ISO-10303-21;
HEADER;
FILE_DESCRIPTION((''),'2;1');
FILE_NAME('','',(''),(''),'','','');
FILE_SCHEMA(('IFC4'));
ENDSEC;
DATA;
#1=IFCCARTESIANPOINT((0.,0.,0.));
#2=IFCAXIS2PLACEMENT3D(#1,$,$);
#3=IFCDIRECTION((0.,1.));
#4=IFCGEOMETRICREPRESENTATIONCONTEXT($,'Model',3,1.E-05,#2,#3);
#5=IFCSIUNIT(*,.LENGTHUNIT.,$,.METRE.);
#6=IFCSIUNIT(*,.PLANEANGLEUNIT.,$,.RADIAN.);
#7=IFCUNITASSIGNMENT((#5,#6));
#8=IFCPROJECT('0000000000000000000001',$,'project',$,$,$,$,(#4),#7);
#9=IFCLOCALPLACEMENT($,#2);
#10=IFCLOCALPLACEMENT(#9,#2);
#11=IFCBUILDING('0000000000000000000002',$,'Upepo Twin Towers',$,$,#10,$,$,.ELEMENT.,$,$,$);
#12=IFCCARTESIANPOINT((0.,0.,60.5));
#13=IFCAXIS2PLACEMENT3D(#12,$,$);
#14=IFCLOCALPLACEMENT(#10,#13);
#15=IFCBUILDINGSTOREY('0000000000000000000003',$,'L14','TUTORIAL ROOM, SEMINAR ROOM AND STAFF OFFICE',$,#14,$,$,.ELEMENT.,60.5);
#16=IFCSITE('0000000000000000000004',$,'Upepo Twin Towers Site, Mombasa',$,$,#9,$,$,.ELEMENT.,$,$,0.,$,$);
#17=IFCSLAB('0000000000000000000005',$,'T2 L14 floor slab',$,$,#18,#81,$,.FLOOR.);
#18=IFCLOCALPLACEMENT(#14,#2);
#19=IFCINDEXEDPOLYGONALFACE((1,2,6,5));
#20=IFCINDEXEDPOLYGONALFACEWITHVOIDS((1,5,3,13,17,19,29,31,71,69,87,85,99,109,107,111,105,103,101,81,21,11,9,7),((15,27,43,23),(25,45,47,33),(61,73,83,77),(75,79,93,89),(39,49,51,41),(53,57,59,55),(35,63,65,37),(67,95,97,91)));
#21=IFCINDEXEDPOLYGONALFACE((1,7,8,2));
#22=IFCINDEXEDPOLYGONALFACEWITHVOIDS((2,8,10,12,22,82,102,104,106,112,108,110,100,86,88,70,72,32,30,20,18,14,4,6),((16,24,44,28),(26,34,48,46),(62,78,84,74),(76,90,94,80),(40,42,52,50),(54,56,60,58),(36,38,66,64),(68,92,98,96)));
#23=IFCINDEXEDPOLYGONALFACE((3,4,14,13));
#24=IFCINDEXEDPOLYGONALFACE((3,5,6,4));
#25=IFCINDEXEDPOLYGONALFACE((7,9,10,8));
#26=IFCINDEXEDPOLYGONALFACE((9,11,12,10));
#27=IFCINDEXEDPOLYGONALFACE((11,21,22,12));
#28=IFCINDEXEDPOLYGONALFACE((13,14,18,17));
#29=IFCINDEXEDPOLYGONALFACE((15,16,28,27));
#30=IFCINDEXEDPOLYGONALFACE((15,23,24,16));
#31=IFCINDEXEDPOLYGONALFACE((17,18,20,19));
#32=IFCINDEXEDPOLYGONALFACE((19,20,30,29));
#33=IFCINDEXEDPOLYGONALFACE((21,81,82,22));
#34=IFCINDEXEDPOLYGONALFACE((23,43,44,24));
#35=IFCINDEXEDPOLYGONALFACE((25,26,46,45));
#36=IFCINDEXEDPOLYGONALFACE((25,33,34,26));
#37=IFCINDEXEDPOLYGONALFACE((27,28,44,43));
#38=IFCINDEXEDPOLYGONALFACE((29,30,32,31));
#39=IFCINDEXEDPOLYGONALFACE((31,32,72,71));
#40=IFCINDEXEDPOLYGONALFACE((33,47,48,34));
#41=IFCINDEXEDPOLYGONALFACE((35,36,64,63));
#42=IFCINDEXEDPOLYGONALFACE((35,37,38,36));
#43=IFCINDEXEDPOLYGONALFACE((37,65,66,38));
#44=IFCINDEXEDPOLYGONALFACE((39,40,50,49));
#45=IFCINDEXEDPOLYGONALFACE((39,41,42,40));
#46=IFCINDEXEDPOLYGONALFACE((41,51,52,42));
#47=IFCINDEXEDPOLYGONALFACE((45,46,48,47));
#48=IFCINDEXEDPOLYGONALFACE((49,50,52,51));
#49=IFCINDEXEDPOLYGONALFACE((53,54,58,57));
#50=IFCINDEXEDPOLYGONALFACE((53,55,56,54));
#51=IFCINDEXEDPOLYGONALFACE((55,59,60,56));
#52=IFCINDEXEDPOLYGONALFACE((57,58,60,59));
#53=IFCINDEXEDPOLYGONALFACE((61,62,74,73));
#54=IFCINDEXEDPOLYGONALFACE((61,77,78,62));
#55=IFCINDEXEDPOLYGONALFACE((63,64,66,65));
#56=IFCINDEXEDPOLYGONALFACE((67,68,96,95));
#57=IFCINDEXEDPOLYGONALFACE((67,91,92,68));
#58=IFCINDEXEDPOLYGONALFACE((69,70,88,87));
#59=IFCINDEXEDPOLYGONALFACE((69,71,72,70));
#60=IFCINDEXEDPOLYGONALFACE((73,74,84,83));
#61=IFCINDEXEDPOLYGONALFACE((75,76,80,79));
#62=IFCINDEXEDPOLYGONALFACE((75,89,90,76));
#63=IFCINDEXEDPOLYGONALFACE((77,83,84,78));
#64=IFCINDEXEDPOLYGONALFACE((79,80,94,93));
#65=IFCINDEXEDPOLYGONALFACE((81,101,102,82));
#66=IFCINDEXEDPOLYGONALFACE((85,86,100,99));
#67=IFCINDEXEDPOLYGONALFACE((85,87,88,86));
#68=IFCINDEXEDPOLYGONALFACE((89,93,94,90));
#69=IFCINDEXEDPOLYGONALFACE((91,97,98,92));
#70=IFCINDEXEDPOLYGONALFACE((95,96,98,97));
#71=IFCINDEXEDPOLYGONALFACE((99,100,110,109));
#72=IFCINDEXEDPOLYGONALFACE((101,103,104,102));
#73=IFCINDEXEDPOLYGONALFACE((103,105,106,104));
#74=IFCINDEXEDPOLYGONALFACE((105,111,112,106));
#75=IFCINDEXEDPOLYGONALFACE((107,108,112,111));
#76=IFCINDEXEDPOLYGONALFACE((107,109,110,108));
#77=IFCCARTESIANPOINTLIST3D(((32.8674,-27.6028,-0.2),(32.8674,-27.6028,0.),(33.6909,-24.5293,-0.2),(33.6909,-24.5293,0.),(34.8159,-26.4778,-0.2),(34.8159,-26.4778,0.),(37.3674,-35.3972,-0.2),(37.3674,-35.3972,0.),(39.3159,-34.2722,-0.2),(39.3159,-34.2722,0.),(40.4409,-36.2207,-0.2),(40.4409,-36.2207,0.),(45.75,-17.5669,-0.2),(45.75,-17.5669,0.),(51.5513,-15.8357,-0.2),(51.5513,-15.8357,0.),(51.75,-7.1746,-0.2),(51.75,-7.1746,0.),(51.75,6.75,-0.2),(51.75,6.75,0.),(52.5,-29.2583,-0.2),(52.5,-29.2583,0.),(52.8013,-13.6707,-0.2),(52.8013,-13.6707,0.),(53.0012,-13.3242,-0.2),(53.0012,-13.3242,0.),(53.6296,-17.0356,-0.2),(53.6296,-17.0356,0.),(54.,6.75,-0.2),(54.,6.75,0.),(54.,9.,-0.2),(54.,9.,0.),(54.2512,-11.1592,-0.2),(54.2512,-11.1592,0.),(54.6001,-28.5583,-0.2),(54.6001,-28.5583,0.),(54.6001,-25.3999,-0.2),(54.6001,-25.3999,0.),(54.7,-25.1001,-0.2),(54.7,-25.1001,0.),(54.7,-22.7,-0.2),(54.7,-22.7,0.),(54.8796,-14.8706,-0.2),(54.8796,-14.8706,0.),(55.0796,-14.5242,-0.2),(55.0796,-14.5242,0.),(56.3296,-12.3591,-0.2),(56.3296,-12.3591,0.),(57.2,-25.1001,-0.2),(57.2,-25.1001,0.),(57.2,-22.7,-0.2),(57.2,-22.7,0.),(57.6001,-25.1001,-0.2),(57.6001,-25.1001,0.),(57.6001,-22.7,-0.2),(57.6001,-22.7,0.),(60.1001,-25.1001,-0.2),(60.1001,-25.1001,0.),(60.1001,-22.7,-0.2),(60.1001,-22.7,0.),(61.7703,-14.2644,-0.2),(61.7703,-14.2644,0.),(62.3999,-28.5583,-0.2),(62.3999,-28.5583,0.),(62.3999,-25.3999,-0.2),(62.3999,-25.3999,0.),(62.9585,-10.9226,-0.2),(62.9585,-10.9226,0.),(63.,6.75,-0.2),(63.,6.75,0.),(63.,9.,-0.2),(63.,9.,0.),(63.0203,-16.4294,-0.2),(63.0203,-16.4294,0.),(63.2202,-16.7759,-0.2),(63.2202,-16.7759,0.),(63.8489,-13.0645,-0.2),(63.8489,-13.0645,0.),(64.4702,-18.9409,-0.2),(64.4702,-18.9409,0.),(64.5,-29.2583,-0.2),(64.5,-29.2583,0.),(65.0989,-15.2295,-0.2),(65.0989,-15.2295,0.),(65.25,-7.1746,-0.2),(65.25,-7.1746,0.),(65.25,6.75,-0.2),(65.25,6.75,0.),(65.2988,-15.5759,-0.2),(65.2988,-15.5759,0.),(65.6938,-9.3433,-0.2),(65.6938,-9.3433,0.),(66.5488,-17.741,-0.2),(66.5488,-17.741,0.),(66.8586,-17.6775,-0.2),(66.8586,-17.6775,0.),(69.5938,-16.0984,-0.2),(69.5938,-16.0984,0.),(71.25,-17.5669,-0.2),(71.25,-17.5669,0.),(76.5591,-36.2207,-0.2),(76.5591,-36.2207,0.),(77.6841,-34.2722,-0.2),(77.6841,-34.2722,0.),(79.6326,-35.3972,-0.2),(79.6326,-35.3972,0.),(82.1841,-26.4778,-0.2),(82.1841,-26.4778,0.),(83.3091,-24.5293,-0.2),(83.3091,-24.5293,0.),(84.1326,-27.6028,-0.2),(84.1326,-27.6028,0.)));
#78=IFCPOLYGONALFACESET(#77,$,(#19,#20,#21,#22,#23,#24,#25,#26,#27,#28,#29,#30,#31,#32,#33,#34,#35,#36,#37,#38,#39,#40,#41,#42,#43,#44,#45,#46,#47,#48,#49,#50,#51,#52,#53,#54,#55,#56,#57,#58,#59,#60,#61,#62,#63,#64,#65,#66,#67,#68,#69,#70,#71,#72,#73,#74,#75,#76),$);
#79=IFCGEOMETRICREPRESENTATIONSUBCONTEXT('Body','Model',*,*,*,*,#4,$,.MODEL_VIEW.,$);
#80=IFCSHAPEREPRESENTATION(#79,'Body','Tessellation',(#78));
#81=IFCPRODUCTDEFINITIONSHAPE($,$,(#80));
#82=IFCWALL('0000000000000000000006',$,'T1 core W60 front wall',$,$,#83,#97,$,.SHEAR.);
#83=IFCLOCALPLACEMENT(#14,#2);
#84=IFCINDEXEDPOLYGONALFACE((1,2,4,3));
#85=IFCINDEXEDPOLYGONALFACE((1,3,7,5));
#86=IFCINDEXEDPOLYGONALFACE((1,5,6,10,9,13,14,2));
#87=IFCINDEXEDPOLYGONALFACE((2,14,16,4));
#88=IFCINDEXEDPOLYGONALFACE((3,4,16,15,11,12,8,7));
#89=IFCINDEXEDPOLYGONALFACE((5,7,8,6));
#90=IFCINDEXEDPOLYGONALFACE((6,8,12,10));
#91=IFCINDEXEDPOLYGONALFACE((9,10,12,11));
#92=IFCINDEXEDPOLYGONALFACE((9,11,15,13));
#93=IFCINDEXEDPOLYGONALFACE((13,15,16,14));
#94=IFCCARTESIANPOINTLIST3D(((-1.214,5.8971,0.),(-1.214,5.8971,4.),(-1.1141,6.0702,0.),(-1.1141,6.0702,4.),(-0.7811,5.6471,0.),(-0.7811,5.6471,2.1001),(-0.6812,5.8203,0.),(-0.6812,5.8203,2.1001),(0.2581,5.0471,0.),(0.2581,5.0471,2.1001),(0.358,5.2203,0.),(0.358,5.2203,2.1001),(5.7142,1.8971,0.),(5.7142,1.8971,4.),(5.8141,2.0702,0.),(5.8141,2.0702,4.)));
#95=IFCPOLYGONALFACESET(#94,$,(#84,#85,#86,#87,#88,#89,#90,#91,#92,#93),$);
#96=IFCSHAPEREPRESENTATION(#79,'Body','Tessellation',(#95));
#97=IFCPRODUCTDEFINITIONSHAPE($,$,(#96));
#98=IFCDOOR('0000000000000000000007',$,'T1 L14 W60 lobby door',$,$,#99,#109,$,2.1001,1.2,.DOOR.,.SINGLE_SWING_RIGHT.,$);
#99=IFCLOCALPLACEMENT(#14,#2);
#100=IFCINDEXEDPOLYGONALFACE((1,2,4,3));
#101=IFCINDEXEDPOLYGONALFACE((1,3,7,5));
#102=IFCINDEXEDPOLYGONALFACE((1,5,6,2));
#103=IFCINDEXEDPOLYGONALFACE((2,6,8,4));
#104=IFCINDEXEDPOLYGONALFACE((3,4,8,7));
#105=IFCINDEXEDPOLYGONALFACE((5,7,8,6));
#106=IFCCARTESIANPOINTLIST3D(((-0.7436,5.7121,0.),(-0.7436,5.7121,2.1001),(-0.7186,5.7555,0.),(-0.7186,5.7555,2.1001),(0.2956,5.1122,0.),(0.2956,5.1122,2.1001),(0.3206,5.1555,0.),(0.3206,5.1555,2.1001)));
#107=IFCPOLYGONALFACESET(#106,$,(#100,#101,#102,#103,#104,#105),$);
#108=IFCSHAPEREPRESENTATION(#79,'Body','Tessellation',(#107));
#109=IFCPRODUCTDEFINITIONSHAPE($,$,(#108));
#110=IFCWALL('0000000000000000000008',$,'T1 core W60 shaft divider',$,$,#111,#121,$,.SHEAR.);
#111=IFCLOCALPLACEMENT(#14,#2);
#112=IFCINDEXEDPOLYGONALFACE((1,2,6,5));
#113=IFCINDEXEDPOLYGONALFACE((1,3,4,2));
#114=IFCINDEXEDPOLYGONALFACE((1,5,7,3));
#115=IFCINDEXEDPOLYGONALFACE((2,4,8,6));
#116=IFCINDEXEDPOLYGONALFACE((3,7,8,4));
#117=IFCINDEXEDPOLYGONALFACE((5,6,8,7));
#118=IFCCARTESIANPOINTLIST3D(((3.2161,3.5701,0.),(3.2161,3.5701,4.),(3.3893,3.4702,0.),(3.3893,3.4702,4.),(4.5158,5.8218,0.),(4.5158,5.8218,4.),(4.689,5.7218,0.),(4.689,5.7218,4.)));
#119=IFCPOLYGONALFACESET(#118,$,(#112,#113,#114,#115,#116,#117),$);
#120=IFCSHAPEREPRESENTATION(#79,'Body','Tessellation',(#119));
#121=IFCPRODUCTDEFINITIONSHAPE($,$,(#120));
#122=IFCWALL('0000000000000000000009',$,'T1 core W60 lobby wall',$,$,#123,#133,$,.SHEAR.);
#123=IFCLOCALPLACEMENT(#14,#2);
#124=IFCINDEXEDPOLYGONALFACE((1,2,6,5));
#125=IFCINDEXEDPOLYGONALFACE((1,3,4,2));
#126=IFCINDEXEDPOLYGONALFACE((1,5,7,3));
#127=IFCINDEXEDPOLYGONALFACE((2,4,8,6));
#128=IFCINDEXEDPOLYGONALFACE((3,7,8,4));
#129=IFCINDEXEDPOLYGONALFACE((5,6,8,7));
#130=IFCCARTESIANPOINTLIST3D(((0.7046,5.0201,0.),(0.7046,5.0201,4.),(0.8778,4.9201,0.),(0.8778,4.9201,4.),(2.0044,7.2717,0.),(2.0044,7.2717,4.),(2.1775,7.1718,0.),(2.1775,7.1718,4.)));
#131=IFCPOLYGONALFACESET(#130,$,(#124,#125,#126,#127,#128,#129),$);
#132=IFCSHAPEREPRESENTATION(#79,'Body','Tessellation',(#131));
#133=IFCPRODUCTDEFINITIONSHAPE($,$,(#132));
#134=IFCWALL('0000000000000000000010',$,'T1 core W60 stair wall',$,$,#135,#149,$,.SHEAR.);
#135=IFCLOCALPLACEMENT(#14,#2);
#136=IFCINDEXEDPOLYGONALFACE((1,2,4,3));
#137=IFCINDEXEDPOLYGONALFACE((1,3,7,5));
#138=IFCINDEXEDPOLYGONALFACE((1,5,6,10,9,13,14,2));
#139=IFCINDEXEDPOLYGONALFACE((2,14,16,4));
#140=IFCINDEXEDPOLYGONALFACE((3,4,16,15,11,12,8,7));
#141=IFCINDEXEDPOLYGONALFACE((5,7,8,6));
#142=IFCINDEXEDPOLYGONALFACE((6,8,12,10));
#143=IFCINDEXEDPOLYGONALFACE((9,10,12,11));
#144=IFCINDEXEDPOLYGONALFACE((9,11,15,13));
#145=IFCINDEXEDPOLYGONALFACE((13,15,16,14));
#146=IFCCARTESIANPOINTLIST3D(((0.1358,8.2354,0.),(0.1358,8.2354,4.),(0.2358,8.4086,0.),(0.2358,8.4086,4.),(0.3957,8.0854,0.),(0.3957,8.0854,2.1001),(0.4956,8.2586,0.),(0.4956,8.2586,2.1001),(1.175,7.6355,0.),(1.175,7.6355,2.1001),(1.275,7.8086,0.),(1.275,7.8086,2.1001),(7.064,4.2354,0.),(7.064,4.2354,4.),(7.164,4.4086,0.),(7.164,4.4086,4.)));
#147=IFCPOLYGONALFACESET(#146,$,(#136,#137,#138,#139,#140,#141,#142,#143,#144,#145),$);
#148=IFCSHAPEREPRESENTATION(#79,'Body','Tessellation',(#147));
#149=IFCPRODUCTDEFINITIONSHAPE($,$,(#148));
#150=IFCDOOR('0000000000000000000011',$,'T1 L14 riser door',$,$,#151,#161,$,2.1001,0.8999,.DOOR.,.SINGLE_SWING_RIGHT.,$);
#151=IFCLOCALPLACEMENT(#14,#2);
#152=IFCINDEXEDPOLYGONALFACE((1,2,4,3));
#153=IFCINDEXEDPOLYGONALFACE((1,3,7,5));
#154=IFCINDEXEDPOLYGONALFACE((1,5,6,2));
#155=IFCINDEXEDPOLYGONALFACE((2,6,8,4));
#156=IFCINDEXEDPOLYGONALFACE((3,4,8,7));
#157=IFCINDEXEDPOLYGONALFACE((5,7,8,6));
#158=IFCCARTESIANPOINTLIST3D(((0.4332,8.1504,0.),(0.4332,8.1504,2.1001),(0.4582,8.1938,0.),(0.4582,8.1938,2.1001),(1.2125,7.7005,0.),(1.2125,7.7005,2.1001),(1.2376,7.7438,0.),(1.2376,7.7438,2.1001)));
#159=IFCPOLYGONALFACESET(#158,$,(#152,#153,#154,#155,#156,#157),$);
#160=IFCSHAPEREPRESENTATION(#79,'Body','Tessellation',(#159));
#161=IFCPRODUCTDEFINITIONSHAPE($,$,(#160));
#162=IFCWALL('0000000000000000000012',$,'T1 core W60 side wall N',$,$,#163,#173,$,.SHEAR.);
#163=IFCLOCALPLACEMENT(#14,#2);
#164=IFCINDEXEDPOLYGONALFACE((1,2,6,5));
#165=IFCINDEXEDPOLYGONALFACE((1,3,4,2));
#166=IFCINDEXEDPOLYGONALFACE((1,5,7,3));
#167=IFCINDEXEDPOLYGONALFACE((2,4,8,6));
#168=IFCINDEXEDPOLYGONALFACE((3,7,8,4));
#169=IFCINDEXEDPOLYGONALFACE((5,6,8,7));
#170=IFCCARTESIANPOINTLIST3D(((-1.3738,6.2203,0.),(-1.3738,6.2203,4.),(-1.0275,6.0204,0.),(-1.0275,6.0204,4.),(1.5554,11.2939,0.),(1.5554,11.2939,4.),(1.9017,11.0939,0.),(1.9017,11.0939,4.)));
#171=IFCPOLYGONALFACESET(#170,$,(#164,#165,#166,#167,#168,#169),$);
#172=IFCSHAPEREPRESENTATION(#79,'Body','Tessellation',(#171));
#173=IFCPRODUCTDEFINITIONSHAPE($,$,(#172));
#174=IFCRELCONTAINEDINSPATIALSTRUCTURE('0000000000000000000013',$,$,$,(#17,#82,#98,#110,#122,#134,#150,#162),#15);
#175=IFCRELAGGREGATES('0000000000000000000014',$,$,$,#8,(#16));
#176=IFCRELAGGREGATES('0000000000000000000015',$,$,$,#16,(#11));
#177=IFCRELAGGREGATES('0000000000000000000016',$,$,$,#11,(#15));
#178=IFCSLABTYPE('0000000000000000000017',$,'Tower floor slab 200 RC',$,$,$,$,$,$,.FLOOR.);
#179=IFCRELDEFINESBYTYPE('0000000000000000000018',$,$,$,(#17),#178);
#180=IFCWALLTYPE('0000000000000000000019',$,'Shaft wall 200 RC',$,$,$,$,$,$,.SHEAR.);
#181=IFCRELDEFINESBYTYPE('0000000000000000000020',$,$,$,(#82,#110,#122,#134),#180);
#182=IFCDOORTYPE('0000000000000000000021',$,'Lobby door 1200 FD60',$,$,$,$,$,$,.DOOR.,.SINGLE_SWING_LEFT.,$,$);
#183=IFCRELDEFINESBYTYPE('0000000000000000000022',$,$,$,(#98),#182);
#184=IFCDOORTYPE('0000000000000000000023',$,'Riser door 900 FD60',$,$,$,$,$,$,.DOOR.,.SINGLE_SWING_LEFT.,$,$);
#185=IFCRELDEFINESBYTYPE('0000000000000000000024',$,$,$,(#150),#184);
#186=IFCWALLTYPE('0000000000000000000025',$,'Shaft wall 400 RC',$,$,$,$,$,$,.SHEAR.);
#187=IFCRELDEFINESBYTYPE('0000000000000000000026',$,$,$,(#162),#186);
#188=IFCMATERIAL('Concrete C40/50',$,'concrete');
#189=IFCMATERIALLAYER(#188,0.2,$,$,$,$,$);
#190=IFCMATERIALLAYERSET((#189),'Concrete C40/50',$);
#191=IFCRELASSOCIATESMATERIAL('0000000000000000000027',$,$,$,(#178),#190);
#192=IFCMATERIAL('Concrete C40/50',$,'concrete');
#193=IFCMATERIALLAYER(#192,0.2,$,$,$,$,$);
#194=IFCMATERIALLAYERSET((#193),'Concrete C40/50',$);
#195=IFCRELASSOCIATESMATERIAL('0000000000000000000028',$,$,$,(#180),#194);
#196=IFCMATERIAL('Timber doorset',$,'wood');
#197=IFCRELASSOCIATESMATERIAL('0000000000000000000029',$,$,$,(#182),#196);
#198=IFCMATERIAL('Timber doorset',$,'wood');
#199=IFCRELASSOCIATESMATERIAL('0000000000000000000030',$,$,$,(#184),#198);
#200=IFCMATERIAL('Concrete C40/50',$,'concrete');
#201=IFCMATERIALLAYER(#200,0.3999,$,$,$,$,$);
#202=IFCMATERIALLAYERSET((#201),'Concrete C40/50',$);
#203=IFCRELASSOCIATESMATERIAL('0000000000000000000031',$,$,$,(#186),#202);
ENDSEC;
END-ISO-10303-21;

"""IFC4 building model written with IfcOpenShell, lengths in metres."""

from ifc_helpers import new_model, si_unit, direction, frame, frame_2d, origin, place, context, subcontext, project, spatial, polyline, rectangle, outline, extrude, material, layer, layer_set, type_object, element, fill, save


model = new_model("IFC4")

# Units and contexts
model_context = context("Model", 3, precision=1e-05, world=origin(), true_north=direction((0.0, 1.0)))
body_context = subcontext(model_context, "Body", "Model", "MODEL_VIEW")
ifc_project = project(units=[si_unit("LENGTHUNIT", "METRE"), si_unit("PLANEANGLEUNIT", "RADIAN")], contexts=[model_context])

# Site, building, storey
site_placement = place(None, origin())
site = spatial("IfcSite", under=ifc_project, at=site_placement, Name="Upepo Twin Towers Site, Mombasa", CompositionType="ELEMENT", RefElevation=0.0)
building_placement = place(site_placement, origin())
building = spatial("IfcBuilding", under=site, at=building_placement, Name="Upepo Twin Towers", CompositionType="ELEMENT")
storey_placement = place(building_placement, frame((0.0, 0.0, 60.5)))
storey = spatial("IfcBuildingStorey", under=building, at=storey_placement, Name="L14", Description="TUTORIAL ROOM, SEMINAR ROOM AND STAFF OFFICE", CompositionType="ELEMENT", Elevation=60.5)

# Slab
ifc_material_1 = material(Name="Concrete C40/50", Category="concrete")
ifc_layer_1 = layer(ifc_material_1, 0.2)
ifc_layer_set_1 = layer_set([ifc_layer_1], Name="Concrete C40/50")
slab_type_1 = type_object("IfcSlabType", Name="Tower floor slab 200 RC", PredefinedType="FLOOR", material=ifc_layer_set_1)
slab_1_placement = place(storey_placement, frame((0.0, 0.0, -0.2)))
element("IfcSlab", 1, at=slab_1_placement, inside=storey, type_object=slab_type_1, Name="T2 L14 floor slab", PredefinedType="FLOOR", context=body_context, shape_type="SweptSolid", body=[
    extrude(outline(polyline([(82.1841, -26.4778), (84.1326, -27.6028), (79.6326, -35.3972), (77.6841, -34.2722), (76.5591, -36.2207), (64.5, -29.2583), (52.5, -29.2583), (40.4409, -36.2207), (39.3159, -34.2722), (37.3674, -35.3972), (32.8674, -27.6028), (34.8159, -26.4778), (33.6909, -24.5293), (45.75, -17.5669), (51.75, -7.1746), (51.75, 6.75), (54.0, 6.75), (54.0, 9.0), (63.0, 9.0), (63.0, 6.75), (65.25, 6.75), (65.25, -7.1746), (71.25, -17.5669), (83.3091, -24.5293), (82.1841, -26.4778)]), holes=[polyline([(56.3296, -12.3591), (54.2512, -11.1592), (53.0012, -13.3242), (55.0796, -14.5242), (56.3296, -12.3591)]), polyline([(54.8796, -14.8706), (52.8013, -13.6707), (51.5513, -15.8357), (53.6296, -17.0356), (54.8796, -14.8706)]), polyline([(54.7, -22.7), (54.7, -25.1001), (57.2, -25.1001), (57.2, -22.7), (54.7, -22.7)]), polyline([(57.6001, -22.7), (57.6001, -25.1001), (60.1001, -25.1001), (60.1001, -22.7), (57.6001, -22.7)]), polyline([(54.6001, -25.3999), (54.6001, -28.5583), (62.3999, -28.5583), (62.3999, -25.3999), (54.6001, -25.3999)]), polyline([(64.4702, -18.9409), (66.5488, -17.741), (65.2988, -15.5759), (63.2202, -16.7759), (64.4702, -18.9409)]), polyline([(63.0203, -16.4294), (65.0989, -15.2295), (63.8489, -13.0645), (61.7703, -14.2644), (63.0203, -16.4294)]), polyline([(66.8586, -17.6775), (69.5938, -16.0984), (65.6938, -9.3433), (62.9585, -10.9226), (66.8586, -17.6775)])]), origin(), (0.0, 0.0, 1.0), 0.2),
])

# Wall, opening, door
ifc_material_2 = material(Name="Concrete C40/50", Category="concrete")
ifc_layer_2 = layer(ifc_material_2, 0.2)
ifc_layer_set_2 = layer_set([ifc_layer_2], Name="Concrete C40/50")
wall_type_1 = type_object("IfcWallType", Name="Shaft wall 200 RC", PredefinedType="SHEAR", material=ifc_layer_set_2)
wall_1_placement = place(storey_placement, frame((5.7642, 1.9836, 0.0), z_axis=(0.0, 0.0, 1.0), x_axis=(-0.866026, 0.499999, 0.0)))
wall_1 = element("IfcWall", 2, at=wall_1_placement, inside=storey, type_object=wall_type_1, Name="T1 core W60 front wall", PredefinedType="SHEAR", context=body_context, shape_type="SweptSolid", body=[
    extrude(rectangle(XDim=8.0, YDim=0.2, at=frame_2d((4.0, 0.0))), origin(), (0.0, 0.0, 1.0), 4.0),
])
opening_1_placement = place(wall_1_placement, frame((6.3, 0.0, 0.0)))
opening_1 = element("IfcOpeningElement", 3, at=opening_1_placement, cuts=wall_1, PredefinedType="OPENING", context=body_context, shape_type="SweptSolid", body=[
    extrude(rectangle(XDim=1.2, YDim=2.1001, at=frame_2d((0.6001, 1.05))), frame((0.0, 0.1099, 0.0), z_axis=(0.0, -1.0, 0.0), x_axis=(1.0, 0.0, 0.0)), (0.0, 0.0, 1.0), 0.22),
])
ifc_material_3 = material(Name="Timber doorset", Category="wood")
door_type_1 = type_object("IfcDoorType", Name="Lobby door 1200 FD60", OperationType="SINGLE_SWING_LEFT", PredefinedType="DOOR", material=ifc_material_3)
door_1_placement = place(opening_1_placement, origin())
door_1 = element("IfcDoor", 4, at=door_1_placement, inside=storey, type_object=door_type_1, Name="T1 L14 W60 lobby door", OperationType="SINGLE_SWING_RIGHT", OverallHeight=2.1001, OverallWidth=1.2, PredefinedType="DOOR", context=body_context, shape_type="SweptSolid", body=[
    extrude(rectangle(XDim=1.2, YDim=2.1001, at=frame_2d((0.6001, 1.05))), frame((0.0, 0.0249, 0.0), z_axis=(0.0, -1.0, 0.0), x_axis=(1.0, 0.0, 0.0)), (0.0, 0.0, 1.0), 0.05),
])
fill(opening_1, door_1)

# Walls
for number, where, z_axis, x_axis, name in (
    (5, (3.3027, 3.5203, 0.0), (0.0, 0.0, 1.0), (0.499937, 0.866062, 0.0), "T1 core W60 shaft divider"),
    (6, (0.7913, 4.9702, 0.0), (0.0, 0.0, 1.0), (0.499937, 0.866062, 0.0), "T1 core W60 lobby wall"),
):
    element("IfcWall", number, at=place(storey_placement, frame(where, z_axis=z_axis, x_axis=x_axis)), inside=storey, type_object=wall_type_1, Name=name, PredefinedType="SHEAR", context=body_context, shape_type="SweptSolid", body=[
        extrude(rectangle(XDim=2.5999, YDim=0.2, at=frame_2d((1.2998, 0.0))), origin(), (0.0, 0.0, 1.0), 4.0),
    ])

# Wall, opening, door
wall_2_placement = place(storey_placement, frame((7.114, 4.322, 0.0), z_axis=(0.0, 0.0, 1.0), x_axis=(-0.866026, 0.499999, 0.0)))
wall_2 = element("IfcWall", 7, at=wall_2_placement, inside=storey, type_object=wall_type_1, Name="T1 core W60 stair wall", PredefinedType="SHEAR", context=body_context, shape_type="SweptSolid", body=[
    extrude(rectangle(XDim=8.0, YDim=0.2, at=frame_2d((4.0, 0.0))), origin(), (0.0, 0.0, 1.0), 4.0),
])
opening_2_placement = place(wall_2_placement, frame((6.8, 0.0, 0.0)))
opening_2 = element("IfcOpeningElement", 8, at=opening_2_placement, cuts=wall_2, PredefinedType="OPENING", context=body_context, shape_type="SweptSolid", body=[
    extrude(rectangle(XDim=0.8999, YDim=2.1001, at=frame_2d((0.45, 1.05))), frame((0.0, 0.1099, 0.0), z_axis=(0.0, -1.0, 0.0), x_axis=(1.0, 0.0, 0.0)), (0.0, 0.0, 1.0), 0.22),
])
ifc_material_4 = material(Name="Timber doorset", Category="wood")
door_type_2 = type_object("IfcDoorType", Name="Riser door 900 FD60", OperationType="SINGLE_SWING_LEFT", PredefinedType="DOOR", material=ifc_material_4)
door_2_placement = place(opening_2_placement, origin())
door_2 = element("IfcDoor", 9, at=door_2_placement, inside=storey, type_object=door_type_2, Name="T1 L14 riser door", OperationType="SINGLE_SWING_RIGHT", OverallHeight=2.1001, OverallWidth=0.8999, PredefinedType="DOOR", context=body_context, shape_type="SweptSolid", body=[
    extrude(rectangle(XDim=0.8999, YDim=2.1001, at=frame_2d((0.45, 1.05))), frame((0.0, 0.0249, 0.0), z_axis=(0.0, -1.0, 0.0), x_axis=(1.0, 0.0, 0.0)), (0.0, 0.0, 1.0), 0.05),
])
fill(opening_2, door_2)

# Wall
ifc_material_5 = material(Name="Concrete C40/50", Category="concrete")
ifc_layer_3 = layer(ifc_material_5, 0.3999)
ifc_layer_set_3 = layer_set([ifc_layer_3], Name="Concrete C40/50")
wall_type_2 = type_object("IfcWallType", Name="Shaft wall 400 RC", PredefinedType="SHEAR", material=ifc_layer_set_3)
for number, where, z_axis, x_axis, name in (
    (10, (-1.2007, 6.1204, 0.0), (0.0, 0.0, 1.0), (0.500003, 0.866024, 0.0), "T1 core W60 side wall N"),
):
    element("IfcWall", number, at=place(storey_placement, frame(where, z_axis=z_axis, x_axis=x_axis)), inside=storey, type_object=wall_type_2, Name=name, PredefinedType="SHEAR", context=body_context, shape_type="SweptSolid", body=[
        extrude(rectangle(XDim=5.8584, YDim=0.3999, at=frame_2d((2.9292, 0.0))), origin(), (0.0, 0.0, 1.0), 4.0),
    ])

save(model, "model.ifc")
